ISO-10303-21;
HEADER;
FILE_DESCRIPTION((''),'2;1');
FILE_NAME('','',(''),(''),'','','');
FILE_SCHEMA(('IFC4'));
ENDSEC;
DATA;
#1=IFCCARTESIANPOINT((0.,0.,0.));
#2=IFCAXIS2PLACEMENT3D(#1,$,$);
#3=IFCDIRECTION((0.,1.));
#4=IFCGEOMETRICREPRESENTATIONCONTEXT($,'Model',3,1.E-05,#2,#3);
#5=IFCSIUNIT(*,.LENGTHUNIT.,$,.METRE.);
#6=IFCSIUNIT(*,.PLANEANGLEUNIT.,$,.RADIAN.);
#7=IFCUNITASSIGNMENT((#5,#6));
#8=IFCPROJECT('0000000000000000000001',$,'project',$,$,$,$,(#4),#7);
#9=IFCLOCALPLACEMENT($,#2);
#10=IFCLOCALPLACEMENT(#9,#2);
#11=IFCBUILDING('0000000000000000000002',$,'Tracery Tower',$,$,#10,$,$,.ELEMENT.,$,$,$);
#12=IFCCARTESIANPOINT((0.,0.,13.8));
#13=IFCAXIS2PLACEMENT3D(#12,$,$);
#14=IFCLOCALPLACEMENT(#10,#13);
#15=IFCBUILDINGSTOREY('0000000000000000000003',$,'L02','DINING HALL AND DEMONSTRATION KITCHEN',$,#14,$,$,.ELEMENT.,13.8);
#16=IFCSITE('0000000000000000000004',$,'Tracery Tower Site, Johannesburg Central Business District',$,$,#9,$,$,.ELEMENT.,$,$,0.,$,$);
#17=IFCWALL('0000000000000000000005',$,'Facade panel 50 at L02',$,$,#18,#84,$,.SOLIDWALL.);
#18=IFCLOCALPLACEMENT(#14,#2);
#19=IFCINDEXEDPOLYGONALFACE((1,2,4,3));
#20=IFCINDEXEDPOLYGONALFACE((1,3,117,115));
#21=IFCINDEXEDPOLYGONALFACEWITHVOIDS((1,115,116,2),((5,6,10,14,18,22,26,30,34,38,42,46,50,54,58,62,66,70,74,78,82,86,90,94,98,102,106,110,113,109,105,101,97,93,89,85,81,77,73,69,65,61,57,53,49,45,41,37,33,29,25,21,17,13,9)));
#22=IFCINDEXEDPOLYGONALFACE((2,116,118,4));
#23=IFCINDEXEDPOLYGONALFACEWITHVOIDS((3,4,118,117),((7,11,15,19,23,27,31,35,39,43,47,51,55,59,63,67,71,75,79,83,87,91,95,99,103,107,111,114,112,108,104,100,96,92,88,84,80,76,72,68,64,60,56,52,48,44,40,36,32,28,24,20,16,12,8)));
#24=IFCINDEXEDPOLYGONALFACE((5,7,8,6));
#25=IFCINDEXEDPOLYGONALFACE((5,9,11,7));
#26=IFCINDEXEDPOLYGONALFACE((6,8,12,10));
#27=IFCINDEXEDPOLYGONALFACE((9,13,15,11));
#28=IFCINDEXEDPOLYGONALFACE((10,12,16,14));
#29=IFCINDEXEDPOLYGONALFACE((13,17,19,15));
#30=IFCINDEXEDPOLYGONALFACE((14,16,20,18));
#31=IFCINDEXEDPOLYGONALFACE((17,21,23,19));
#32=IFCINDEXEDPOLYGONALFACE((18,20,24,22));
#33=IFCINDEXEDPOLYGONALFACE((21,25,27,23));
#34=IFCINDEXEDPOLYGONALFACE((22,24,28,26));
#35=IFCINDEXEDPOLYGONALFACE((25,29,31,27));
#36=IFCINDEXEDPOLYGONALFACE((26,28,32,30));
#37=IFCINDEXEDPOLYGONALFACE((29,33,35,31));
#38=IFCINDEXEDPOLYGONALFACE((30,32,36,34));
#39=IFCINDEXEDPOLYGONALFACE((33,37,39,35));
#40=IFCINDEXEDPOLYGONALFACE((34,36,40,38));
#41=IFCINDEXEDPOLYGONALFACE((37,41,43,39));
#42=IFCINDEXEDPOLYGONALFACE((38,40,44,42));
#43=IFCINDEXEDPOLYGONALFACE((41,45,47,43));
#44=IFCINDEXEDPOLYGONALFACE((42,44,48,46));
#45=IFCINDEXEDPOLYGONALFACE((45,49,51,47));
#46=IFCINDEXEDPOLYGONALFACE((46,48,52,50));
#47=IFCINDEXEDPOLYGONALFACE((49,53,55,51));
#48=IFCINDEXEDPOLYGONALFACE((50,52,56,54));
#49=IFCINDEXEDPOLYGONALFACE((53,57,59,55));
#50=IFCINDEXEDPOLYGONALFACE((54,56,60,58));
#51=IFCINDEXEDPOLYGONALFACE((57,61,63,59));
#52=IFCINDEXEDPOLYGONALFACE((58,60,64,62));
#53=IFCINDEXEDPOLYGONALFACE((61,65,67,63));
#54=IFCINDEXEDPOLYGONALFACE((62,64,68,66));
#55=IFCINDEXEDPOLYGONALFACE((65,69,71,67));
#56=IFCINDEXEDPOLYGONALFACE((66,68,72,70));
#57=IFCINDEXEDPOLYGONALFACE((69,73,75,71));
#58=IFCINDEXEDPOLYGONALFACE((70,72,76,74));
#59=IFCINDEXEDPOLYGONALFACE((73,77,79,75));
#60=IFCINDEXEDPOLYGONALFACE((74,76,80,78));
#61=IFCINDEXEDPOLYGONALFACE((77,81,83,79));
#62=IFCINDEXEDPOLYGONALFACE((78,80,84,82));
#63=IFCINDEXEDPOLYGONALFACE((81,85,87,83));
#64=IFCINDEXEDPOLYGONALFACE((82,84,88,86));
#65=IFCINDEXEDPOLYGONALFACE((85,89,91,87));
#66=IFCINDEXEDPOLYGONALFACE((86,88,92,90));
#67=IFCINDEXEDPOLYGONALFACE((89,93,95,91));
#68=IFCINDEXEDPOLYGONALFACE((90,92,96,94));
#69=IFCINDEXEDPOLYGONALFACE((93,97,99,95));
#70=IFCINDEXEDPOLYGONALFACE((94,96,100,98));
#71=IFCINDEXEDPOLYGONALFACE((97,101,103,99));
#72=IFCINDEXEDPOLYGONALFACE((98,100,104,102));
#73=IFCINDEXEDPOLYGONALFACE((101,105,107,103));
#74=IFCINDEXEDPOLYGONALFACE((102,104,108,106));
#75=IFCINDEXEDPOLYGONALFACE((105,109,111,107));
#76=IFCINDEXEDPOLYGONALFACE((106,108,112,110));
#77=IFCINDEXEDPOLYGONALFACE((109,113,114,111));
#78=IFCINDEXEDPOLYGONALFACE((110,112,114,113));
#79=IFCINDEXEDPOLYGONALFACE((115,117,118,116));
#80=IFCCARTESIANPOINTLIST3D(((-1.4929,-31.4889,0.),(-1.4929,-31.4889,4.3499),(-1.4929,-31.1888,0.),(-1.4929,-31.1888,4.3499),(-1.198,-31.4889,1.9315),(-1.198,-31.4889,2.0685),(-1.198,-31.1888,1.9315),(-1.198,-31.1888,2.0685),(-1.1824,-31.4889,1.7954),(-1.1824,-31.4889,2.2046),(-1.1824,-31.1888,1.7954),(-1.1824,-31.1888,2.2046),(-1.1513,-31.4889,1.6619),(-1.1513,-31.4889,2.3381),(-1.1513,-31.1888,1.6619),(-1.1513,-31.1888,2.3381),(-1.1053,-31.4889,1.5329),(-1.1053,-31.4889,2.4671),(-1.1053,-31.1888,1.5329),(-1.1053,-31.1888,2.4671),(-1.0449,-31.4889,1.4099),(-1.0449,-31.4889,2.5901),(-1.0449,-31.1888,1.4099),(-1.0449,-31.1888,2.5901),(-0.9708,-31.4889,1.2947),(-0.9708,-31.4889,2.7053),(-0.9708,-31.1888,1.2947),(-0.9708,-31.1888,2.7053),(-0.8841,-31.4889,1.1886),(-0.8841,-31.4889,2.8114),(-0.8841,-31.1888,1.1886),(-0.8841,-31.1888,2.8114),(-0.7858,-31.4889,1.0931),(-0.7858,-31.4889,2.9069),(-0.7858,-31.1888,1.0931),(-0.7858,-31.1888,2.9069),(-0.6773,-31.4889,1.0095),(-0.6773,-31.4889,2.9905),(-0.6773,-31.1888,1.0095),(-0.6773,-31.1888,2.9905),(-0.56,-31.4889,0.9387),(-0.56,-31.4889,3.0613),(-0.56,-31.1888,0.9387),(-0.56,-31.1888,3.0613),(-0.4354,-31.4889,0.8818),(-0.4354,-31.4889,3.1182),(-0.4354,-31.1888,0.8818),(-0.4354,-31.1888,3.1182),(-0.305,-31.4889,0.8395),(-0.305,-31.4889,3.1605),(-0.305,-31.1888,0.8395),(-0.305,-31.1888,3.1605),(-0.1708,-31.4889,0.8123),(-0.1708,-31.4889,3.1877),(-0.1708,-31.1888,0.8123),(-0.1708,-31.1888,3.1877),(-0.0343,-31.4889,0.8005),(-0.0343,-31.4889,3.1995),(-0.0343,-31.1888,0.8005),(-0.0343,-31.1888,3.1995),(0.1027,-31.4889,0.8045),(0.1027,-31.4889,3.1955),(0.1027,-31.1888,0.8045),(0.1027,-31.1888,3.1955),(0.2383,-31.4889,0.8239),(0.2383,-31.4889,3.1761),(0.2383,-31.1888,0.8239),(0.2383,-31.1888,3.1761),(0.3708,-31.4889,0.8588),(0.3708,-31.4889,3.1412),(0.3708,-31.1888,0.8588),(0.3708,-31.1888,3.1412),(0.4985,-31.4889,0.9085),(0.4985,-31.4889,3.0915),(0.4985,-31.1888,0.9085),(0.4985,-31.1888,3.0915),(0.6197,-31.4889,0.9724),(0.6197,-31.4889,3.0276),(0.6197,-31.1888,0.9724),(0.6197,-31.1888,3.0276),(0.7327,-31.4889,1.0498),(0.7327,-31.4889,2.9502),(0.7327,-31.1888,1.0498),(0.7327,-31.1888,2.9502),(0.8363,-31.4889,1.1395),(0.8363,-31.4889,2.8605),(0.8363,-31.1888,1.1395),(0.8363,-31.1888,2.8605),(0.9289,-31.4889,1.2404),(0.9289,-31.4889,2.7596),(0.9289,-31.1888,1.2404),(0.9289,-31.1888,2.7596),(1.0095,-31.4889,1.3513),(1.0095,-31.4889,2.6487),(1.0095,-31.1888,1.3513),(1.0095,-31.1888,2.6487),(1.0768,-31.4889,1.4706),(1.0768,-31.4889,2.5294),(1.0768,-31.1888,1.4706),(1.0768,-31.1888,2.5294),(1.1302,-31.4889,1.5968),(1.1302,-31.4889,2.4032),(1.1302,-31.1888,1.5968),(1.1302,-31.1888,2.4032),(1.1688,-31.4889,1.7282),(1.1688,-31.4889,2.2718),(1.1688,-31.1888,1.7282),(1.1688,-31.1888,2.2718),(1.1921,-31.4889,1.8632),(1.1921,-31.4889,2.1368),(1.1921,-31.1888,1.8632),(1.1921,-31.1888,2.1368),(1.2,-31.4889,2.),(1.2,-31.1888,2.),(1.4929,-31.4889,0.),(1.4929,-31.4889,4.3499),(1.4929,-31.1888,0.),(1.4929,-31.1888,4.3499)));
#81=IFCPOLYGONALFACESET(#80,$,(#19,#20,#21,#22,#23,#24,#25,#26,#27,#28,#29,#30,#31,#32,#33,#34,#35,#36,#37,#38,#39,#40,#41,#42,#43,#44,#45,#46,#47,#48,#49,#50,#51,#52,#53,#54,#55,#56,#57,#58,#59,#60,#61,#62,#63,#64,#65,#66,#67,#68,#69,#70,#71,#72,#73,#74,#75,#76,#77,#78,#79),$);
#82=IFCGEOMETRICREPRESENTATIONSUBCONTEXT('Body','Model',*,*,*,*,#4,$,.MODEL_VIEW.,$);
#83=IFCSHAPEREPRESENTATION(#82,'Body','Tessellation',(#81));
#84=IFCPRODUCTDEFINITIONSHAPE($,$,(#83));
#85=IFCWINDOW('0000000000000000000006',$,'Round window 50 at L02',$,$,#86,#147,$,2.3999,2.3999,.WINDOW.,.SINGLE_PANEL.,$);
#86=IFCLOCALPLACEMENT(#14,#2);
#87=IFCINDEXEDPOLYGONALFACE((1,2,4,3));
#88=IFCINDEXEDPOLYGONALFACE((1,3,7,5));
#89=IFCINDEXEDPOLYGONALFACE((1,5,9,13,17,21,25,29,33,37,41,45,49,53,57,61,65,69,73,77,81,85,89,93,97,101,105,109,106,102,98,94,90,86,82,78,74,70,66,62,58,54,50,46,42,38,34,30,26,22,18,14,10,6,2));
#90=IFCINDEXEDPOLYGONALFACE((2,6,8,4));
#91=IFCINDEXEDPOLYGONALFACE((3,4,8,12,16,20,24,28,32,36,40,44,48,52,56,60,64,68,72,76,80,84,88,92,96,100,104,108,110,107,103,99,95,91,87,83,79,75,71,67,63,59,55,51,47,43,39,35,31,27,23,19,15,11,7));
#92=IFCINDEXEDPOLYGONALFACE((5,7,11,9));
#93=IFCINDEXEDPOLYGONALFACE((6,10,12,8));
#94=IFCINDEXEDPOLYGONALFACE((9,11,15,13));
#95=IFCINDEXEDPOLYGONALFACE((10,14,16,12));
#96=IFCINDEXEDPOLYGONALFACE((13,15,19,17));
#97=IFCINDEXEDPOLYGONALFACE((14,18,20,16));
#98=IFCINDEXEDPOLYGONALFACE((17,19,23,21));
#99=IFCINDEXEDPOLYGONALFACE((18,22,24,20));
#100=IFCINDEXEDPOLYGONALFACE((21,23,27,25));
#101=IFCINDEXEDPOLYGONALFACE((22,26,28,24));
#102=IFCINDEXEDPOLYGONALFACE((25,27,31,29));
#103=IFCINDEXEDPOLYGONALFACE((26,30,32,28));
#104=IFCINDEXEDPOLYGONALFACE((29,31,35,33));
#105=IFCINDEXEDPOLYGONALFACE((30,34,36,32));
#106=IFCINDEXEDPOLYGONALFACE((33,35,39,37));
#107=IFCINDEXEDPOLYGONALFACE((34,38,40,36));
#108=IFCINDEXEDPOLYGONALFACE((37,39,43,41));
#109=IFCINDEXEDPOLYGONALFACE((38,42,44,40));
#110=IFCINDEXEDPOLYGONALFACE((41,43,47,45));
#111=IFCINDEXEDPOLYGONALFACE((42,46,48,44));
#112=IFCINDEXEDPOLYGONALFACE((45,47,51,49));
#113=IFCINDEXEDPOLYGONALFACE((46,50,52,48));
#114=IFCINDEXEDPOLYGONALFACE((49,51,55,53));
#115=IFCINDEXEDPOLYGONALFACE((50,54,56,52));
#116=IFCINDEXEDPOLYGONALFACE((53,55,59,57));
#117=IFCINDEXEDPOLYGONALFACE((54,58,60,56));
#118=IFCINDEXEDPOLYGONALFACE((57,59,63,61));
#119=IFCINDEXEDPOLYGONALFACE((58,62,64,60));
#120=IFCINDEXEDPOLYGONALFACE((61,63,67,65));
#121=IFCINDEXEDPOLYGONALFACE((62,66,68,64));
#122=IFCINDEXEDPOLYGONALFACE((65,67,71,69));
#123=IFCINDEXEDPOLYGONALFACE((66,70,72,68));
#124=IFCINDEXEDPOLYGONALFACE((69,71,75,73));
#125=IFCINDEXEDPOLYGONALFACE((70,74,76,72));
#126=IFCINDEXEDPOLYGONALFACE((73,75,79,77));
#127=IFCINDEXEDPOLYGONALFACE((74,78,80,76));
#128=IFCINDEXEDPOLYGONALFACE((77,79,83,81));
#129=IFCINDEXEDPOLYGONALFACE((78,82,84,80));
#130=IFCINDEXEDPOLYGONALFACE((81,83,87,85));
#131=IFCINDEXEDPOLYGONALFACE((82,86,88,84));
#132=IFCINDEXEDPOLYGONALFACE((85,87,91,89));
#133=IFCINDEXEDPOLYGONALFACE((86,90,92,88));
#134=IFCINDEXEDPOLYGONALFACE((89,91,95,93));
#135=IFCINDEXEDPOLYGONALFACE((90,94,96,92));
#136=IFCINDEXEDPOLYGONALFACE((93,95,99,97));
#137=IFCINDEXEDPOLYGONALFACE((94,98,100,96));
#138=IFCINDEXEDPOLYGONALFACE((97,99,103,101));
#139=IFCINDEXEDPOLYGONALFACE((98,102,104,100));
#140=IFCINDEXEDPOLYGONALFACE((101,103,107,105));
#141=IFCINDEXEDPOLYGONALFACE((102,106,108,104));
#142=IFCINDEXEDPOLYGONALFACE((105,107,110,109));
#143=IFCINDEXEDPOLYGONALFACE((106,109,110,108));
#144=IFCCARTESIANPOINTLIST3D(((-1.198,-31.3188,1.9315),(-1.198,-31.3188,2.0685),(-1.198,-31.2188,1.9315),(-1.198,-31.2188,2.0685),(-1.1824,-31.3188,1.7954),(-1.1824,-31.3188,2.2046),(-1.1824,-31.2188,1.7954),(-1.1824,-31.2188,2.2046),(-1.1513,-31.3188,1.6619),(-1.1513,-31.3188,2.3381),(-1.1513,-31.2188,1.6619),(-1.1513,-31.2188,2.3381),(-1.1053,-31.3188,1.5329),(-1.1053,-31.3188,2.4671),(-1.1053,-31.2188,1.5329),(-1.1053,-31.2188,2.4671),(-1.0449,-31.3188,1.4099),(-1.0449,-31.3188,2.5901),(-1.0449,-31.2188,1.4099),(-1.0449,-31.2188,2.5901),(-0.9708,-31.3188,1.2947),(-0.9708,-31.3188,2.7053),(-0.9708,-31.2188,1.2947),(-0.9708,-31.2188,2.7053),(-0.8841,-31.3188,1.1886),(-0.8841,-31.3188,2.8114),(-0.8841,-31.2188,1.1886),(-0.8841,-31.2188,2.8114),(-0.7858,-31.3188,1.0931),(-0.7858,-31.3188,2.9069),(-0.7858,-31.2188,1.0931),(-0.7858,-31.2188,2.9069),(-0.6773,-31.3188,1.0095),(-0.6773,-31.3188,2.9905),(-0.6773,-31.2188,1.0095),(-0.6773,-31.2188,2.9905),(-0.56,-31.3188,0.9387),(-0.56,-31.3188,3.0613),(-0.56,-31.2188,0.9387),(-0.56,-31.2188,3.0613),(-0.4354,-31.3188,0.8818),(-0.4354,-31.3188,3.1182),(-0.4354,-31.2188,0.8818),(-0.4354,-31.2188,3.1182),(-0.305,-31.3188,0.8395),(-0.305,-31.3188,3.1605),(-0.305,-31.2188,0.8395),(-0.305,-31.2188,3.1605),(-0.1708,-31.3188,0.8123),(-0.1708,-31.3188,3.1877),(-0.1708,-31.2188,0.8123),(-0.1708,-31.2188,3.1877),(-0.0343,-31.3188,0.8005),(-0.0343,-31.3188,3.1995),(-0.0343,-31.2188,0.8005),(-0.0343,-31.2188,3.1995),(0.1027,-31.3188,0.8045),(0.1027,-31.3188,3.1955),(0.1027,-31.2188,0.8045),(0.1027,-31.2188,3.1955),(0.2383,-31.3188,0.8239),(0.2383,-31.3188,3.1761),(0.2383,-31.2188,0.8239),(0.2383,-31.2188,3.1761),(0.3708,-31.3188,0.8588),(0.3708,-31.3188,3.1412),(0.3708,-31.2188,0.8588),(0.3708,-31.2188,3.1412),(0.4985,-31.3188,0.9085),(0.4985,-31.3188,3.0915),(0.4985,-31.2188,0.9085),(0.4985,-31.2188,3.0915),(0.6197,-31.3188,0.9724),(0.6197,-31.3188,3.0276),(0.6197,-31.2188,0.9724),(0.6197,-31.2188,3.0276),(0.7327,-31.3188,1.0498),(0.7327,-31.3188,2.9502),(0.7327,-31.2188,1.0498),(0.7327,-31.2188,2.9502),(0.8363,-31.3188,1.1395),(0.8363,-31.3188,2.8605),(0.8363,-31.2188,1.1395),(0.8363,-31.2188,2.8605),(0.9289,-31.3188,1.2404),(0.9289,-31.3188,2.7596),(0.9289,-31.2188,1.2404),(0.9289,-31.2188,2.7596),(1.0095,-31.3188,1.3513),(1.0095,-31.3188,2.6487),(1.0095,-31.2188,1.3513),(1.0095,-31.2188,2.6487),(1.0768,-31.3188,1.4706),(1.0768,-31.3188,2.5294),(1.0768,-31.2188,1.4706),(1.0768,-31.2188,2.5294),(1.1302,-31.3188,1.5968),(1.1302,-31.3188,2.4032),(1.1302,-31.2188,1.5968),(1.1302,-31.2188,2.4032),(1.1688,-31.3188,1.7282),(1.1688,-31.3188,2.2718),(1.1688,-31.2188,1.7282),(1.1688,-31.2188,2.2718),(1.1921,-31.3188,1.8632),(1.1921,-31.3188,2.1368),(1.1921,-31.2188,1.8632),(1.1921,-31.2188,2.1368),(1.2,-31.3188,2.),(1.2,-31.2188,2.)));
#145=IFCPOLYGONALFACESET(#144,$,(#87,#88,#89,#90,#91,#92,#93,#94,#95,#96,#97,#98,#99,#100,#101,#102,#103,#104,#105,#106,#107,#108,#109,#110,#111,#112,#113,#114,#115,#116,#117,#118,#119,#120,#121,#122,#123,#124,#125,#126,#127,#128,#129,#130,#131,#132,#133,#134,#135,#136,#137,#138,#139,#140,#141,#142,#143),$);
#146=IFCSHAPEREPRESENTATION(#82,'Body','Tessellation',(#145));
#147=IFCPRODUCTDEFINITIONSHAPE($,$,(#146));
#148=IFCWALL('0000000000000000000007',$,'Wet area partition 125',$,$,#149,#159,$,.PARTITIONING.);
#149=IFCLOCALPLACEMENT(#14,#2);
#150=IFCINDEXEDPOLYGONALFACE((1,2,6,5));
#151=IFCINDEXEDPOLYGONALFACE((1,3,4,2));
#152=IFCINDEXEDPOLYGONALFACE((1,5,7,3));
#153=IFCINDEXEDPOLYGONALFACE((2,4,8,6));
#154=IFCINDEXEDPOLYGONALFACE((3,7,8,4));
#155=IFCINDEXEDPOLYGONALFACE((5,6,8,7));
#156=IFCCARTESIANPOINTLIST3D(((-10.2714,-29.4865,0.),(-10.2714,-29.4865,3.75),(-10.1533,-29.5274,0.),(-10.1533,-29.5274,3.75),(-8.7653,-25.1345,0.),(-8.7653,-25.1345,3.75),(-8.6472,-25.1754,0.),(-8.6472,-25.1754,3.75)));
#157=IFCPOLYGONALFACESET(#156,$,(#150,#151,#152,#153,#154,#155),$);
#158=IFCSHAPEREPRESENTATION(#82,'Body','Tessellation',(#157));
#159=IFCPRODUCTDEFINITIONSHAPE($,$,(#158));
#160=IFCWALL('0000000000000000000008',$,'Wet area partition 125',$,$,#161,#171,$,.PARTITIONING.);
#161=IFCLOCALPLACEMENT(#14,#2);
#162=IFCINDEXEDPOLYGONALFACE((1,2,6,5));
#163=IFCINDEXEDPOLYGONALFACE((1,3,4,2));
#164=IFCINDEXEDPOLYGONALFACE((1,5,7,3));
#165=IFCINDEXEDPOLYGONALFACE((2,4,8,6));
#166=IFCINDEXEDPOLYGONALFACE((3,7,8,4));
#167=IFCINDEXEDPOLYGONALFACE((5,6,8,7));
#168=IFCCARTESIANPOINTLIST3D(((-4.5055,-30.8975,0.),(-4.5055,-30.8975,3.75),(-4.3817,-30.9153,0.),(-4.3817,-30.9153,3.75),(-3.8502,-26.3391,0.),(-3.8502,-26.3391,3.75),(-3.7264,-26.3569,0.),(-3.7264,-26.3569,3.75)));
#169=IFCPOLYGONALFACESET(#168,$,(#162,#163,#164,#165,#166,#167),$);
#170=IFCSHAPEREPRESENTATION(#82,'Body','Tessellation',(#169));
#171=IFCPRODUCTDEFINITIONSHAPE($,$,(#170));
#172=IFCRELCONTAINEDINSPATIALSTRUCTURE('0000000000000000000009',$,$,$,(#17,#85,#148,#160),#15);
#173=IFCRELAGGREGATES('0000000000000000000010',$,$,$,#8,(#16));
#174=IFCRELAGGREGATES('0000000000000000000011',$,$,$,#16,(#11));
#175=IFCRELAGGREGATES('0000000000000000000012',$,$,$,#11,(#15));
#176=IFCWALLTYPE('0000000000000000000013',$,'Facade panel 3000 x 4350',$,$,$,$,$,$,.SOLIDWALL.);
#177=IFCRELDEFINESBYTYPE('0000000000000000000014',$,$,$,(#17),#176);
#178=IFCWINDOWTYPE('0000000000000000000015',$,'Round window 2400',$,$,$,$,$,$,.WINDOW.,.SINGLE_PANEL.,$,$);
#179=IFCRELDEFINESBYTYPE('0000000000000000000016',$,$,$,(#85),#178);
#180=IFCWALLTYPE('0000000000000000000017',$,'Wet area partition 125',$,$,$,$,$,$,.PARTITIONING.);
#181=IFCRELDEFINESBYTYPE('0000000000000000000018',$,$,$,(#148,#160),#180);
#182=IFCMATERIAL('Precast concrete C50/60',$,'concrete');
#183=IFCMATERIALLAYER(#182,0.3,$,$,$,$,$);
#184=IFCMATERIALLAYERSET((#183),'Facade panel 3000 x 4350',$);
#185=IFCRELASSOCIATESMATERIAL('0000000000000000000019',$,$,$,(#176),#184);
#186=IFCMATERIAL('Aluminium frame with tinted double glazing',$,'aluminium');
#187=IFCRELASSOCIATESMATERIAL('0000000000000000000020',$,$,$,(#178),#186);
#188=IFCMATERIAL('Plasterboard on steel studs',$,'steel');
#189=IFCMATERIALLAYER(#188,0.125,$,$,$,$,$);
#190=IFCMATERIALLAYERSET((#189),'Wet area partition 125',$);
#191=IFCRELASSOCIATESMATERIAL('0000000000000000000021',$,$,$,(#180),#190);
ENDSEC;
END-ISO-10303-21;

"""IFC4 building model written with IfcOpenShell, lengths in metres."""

from ifc_helpers import new_model, si_unit, direction, frame, frame_2d, origin, origin_2d, place, context, subcontext, project, spatial, rectangle, circle, extrude, material, layer, layer_set, type_object, element, fill, save


model = new_model("IFC4")

# Units and contexts
model_context = context("Model", 3, precision=1e-05, world=origin(), true_north=direction((0.0, 1.0)))
body_context = subcontext(model_context, "Body", "Model", "MODEL_VIEW")
ifc_project = project(units=[si_unit("LENGTHUNIT", "METRE"), si_unit("PLANEANGLEUNIT", "RADIAN")], contexts=[model_context])

# Site, building, storey
site_placement = place(None, origin())
site = spatial("IfcSite", under=ifc_project, at=site_placement, Name="Tracery Tower Site, Johannesburg Central Business District", CompositionType="ELEMENT", RefElevation=0.0)
building_placement = place(site_placement, origin())
building = spatial("IfcBuilding", under=site, at=building_placement, Name="Tracery Tower", CompositionType="ELEMENT")
storey_placement = place(building_placement, frame((0.0, 0.0, 13.8)))
storey = spatial("IfcBuildingStorey", under=building, at=storey_placement, Name="L02", Description="DINING HALL AND DEMONSTRATION KITCHEN", CompositionType="ELEMENT", Elevation=13.8)

# Wall, opening, window
ifc_material_1 = material(Name="Precast concrete C50/60", Category="concrete")
ifc_layer_1 = layer(ifc_material_1, 0.3)
ifc_layer_set_1 = layer_set([ifc_layer_1], Name="Facade panel 3000 x 4350")
wall_type_1 = type_object("IfcWallType", Name="Facade panel 3000 x 4350", PredefinedType="SOLIDWALL", material=ifc_layer_set_1)
ifc_material_2 = material(Name="Aluminium frame with tinted double glazing", Category="aluminium")
window_type = type_object("IfcWindowType", Name="Round window 2400", PartitioningType="SINGLE_PANEL", PredefinedType="WINDOW", material=ifc_material_2)
wall_1_placement = place(storey_placement, frame((-1.4929, -31.3389, 0.0), z_axis=(0.0, 0.0, 1.0), x_axis=(1.0, 0.0, 0.0)))
wall_1 = element("IfcWall", 1, at=wall_1_placement, inside=storey, type_object=wall_type_1, Name="Facade panel 50 at L02", PredefinedType="SOLIDWALL", context=body_context, shape_type="SweptSolid", body=[
    extrude(rectangle(XDim=2.9858, YDim=0.3, at=frame_2d((1.4929, 0.0))), origin(), (0.0, 0.0, 1.0), 4.3499),
])
opening_1_placement = place(wall_1_placement, frame((1.4929, 0.0, 2.0)))
opening_1 = element("IfcOpeningElement", 2, at=opening_1_placement, cuts=wall_1, PredefinedType="OPENING", context=body_context, shape_type="SweptSolid", body=[
    extrude(circle(Radius=1.2, at=origin_2d()), frame((0.0, 0.1599, 0.0), z_axis=(0.0, -1.0, 0.0), x_axis=(1.0, 0.0, 0.0)), (0.0, 0.0, 1.0), 0.3201),
])
window_1_placement = place(opening_1_placement, origin())
window_1 = element("IfcWindow", 3, at=window_1_placement, inside=storey, type_object=window_type, Name="Round window 50 at L02", OverallHeight=2.3999, OverallWidth=2.3999, PartitioningType="SINGLE_PANEL", PredefinedType="WINDOW", context=body_context, shape_type="SweptSolid", body=[
    extrude(circle(Radius=1.2, at=origin_2d()), frame((0.0, 0.1201, 0.0), z_axis=(0.0, -1.0, 0.0), x_axis=(1.0, 0.0, 0.0)), (0.0, 0.0, 1.0), 0.1001),
])
fill(opening_1, window_1)

# Walls
ifc_material_3 = material(Name="Plasterboard on steel studs", Category="steel")
ifc_layer_2 = layer(ifc_material_3, 0.125)
ifc_layer_set_2 = layer_set([ifc_layer_2], Name="Wet area partition 125")
wall_type_2 = type_object("IfcWallType", Name="Wet area partition 125", PredefinedType="PARTITIONING", material=ifc_layer_set_2)
for number, where, z_axis, x_axis, name in (
    (4, (-10.2124, -29.5071, 0.0), (0.0, 0.0, 1.0), (0.327038, 0.945011, 0.0), "Wet area partition 125"),
    (5, (-4.4436, -30.9065, 0.0), (0.0, 0.0, 1.0), (0.14229, 0.989825, 0.0), "Wet area partition 125"),
):
    element("IfcWall", number, at=place(storey_placement, frame(where, z_axis=z_axis, x_axis=x_axis)), inside=storey, type_object=wall_type_2, Name=name, PredefinedType="PARTITIONING", context=body_context, shape_type="SweptSolid", body=[
        extrude(rectangle(XDim=4.6052, YDim=0.125, at=frame_2d((2.3027, 0.0))), origin(), (0.0, 0.0, 1.0), 3.75),
    ])

save(model, "model.ifc")
